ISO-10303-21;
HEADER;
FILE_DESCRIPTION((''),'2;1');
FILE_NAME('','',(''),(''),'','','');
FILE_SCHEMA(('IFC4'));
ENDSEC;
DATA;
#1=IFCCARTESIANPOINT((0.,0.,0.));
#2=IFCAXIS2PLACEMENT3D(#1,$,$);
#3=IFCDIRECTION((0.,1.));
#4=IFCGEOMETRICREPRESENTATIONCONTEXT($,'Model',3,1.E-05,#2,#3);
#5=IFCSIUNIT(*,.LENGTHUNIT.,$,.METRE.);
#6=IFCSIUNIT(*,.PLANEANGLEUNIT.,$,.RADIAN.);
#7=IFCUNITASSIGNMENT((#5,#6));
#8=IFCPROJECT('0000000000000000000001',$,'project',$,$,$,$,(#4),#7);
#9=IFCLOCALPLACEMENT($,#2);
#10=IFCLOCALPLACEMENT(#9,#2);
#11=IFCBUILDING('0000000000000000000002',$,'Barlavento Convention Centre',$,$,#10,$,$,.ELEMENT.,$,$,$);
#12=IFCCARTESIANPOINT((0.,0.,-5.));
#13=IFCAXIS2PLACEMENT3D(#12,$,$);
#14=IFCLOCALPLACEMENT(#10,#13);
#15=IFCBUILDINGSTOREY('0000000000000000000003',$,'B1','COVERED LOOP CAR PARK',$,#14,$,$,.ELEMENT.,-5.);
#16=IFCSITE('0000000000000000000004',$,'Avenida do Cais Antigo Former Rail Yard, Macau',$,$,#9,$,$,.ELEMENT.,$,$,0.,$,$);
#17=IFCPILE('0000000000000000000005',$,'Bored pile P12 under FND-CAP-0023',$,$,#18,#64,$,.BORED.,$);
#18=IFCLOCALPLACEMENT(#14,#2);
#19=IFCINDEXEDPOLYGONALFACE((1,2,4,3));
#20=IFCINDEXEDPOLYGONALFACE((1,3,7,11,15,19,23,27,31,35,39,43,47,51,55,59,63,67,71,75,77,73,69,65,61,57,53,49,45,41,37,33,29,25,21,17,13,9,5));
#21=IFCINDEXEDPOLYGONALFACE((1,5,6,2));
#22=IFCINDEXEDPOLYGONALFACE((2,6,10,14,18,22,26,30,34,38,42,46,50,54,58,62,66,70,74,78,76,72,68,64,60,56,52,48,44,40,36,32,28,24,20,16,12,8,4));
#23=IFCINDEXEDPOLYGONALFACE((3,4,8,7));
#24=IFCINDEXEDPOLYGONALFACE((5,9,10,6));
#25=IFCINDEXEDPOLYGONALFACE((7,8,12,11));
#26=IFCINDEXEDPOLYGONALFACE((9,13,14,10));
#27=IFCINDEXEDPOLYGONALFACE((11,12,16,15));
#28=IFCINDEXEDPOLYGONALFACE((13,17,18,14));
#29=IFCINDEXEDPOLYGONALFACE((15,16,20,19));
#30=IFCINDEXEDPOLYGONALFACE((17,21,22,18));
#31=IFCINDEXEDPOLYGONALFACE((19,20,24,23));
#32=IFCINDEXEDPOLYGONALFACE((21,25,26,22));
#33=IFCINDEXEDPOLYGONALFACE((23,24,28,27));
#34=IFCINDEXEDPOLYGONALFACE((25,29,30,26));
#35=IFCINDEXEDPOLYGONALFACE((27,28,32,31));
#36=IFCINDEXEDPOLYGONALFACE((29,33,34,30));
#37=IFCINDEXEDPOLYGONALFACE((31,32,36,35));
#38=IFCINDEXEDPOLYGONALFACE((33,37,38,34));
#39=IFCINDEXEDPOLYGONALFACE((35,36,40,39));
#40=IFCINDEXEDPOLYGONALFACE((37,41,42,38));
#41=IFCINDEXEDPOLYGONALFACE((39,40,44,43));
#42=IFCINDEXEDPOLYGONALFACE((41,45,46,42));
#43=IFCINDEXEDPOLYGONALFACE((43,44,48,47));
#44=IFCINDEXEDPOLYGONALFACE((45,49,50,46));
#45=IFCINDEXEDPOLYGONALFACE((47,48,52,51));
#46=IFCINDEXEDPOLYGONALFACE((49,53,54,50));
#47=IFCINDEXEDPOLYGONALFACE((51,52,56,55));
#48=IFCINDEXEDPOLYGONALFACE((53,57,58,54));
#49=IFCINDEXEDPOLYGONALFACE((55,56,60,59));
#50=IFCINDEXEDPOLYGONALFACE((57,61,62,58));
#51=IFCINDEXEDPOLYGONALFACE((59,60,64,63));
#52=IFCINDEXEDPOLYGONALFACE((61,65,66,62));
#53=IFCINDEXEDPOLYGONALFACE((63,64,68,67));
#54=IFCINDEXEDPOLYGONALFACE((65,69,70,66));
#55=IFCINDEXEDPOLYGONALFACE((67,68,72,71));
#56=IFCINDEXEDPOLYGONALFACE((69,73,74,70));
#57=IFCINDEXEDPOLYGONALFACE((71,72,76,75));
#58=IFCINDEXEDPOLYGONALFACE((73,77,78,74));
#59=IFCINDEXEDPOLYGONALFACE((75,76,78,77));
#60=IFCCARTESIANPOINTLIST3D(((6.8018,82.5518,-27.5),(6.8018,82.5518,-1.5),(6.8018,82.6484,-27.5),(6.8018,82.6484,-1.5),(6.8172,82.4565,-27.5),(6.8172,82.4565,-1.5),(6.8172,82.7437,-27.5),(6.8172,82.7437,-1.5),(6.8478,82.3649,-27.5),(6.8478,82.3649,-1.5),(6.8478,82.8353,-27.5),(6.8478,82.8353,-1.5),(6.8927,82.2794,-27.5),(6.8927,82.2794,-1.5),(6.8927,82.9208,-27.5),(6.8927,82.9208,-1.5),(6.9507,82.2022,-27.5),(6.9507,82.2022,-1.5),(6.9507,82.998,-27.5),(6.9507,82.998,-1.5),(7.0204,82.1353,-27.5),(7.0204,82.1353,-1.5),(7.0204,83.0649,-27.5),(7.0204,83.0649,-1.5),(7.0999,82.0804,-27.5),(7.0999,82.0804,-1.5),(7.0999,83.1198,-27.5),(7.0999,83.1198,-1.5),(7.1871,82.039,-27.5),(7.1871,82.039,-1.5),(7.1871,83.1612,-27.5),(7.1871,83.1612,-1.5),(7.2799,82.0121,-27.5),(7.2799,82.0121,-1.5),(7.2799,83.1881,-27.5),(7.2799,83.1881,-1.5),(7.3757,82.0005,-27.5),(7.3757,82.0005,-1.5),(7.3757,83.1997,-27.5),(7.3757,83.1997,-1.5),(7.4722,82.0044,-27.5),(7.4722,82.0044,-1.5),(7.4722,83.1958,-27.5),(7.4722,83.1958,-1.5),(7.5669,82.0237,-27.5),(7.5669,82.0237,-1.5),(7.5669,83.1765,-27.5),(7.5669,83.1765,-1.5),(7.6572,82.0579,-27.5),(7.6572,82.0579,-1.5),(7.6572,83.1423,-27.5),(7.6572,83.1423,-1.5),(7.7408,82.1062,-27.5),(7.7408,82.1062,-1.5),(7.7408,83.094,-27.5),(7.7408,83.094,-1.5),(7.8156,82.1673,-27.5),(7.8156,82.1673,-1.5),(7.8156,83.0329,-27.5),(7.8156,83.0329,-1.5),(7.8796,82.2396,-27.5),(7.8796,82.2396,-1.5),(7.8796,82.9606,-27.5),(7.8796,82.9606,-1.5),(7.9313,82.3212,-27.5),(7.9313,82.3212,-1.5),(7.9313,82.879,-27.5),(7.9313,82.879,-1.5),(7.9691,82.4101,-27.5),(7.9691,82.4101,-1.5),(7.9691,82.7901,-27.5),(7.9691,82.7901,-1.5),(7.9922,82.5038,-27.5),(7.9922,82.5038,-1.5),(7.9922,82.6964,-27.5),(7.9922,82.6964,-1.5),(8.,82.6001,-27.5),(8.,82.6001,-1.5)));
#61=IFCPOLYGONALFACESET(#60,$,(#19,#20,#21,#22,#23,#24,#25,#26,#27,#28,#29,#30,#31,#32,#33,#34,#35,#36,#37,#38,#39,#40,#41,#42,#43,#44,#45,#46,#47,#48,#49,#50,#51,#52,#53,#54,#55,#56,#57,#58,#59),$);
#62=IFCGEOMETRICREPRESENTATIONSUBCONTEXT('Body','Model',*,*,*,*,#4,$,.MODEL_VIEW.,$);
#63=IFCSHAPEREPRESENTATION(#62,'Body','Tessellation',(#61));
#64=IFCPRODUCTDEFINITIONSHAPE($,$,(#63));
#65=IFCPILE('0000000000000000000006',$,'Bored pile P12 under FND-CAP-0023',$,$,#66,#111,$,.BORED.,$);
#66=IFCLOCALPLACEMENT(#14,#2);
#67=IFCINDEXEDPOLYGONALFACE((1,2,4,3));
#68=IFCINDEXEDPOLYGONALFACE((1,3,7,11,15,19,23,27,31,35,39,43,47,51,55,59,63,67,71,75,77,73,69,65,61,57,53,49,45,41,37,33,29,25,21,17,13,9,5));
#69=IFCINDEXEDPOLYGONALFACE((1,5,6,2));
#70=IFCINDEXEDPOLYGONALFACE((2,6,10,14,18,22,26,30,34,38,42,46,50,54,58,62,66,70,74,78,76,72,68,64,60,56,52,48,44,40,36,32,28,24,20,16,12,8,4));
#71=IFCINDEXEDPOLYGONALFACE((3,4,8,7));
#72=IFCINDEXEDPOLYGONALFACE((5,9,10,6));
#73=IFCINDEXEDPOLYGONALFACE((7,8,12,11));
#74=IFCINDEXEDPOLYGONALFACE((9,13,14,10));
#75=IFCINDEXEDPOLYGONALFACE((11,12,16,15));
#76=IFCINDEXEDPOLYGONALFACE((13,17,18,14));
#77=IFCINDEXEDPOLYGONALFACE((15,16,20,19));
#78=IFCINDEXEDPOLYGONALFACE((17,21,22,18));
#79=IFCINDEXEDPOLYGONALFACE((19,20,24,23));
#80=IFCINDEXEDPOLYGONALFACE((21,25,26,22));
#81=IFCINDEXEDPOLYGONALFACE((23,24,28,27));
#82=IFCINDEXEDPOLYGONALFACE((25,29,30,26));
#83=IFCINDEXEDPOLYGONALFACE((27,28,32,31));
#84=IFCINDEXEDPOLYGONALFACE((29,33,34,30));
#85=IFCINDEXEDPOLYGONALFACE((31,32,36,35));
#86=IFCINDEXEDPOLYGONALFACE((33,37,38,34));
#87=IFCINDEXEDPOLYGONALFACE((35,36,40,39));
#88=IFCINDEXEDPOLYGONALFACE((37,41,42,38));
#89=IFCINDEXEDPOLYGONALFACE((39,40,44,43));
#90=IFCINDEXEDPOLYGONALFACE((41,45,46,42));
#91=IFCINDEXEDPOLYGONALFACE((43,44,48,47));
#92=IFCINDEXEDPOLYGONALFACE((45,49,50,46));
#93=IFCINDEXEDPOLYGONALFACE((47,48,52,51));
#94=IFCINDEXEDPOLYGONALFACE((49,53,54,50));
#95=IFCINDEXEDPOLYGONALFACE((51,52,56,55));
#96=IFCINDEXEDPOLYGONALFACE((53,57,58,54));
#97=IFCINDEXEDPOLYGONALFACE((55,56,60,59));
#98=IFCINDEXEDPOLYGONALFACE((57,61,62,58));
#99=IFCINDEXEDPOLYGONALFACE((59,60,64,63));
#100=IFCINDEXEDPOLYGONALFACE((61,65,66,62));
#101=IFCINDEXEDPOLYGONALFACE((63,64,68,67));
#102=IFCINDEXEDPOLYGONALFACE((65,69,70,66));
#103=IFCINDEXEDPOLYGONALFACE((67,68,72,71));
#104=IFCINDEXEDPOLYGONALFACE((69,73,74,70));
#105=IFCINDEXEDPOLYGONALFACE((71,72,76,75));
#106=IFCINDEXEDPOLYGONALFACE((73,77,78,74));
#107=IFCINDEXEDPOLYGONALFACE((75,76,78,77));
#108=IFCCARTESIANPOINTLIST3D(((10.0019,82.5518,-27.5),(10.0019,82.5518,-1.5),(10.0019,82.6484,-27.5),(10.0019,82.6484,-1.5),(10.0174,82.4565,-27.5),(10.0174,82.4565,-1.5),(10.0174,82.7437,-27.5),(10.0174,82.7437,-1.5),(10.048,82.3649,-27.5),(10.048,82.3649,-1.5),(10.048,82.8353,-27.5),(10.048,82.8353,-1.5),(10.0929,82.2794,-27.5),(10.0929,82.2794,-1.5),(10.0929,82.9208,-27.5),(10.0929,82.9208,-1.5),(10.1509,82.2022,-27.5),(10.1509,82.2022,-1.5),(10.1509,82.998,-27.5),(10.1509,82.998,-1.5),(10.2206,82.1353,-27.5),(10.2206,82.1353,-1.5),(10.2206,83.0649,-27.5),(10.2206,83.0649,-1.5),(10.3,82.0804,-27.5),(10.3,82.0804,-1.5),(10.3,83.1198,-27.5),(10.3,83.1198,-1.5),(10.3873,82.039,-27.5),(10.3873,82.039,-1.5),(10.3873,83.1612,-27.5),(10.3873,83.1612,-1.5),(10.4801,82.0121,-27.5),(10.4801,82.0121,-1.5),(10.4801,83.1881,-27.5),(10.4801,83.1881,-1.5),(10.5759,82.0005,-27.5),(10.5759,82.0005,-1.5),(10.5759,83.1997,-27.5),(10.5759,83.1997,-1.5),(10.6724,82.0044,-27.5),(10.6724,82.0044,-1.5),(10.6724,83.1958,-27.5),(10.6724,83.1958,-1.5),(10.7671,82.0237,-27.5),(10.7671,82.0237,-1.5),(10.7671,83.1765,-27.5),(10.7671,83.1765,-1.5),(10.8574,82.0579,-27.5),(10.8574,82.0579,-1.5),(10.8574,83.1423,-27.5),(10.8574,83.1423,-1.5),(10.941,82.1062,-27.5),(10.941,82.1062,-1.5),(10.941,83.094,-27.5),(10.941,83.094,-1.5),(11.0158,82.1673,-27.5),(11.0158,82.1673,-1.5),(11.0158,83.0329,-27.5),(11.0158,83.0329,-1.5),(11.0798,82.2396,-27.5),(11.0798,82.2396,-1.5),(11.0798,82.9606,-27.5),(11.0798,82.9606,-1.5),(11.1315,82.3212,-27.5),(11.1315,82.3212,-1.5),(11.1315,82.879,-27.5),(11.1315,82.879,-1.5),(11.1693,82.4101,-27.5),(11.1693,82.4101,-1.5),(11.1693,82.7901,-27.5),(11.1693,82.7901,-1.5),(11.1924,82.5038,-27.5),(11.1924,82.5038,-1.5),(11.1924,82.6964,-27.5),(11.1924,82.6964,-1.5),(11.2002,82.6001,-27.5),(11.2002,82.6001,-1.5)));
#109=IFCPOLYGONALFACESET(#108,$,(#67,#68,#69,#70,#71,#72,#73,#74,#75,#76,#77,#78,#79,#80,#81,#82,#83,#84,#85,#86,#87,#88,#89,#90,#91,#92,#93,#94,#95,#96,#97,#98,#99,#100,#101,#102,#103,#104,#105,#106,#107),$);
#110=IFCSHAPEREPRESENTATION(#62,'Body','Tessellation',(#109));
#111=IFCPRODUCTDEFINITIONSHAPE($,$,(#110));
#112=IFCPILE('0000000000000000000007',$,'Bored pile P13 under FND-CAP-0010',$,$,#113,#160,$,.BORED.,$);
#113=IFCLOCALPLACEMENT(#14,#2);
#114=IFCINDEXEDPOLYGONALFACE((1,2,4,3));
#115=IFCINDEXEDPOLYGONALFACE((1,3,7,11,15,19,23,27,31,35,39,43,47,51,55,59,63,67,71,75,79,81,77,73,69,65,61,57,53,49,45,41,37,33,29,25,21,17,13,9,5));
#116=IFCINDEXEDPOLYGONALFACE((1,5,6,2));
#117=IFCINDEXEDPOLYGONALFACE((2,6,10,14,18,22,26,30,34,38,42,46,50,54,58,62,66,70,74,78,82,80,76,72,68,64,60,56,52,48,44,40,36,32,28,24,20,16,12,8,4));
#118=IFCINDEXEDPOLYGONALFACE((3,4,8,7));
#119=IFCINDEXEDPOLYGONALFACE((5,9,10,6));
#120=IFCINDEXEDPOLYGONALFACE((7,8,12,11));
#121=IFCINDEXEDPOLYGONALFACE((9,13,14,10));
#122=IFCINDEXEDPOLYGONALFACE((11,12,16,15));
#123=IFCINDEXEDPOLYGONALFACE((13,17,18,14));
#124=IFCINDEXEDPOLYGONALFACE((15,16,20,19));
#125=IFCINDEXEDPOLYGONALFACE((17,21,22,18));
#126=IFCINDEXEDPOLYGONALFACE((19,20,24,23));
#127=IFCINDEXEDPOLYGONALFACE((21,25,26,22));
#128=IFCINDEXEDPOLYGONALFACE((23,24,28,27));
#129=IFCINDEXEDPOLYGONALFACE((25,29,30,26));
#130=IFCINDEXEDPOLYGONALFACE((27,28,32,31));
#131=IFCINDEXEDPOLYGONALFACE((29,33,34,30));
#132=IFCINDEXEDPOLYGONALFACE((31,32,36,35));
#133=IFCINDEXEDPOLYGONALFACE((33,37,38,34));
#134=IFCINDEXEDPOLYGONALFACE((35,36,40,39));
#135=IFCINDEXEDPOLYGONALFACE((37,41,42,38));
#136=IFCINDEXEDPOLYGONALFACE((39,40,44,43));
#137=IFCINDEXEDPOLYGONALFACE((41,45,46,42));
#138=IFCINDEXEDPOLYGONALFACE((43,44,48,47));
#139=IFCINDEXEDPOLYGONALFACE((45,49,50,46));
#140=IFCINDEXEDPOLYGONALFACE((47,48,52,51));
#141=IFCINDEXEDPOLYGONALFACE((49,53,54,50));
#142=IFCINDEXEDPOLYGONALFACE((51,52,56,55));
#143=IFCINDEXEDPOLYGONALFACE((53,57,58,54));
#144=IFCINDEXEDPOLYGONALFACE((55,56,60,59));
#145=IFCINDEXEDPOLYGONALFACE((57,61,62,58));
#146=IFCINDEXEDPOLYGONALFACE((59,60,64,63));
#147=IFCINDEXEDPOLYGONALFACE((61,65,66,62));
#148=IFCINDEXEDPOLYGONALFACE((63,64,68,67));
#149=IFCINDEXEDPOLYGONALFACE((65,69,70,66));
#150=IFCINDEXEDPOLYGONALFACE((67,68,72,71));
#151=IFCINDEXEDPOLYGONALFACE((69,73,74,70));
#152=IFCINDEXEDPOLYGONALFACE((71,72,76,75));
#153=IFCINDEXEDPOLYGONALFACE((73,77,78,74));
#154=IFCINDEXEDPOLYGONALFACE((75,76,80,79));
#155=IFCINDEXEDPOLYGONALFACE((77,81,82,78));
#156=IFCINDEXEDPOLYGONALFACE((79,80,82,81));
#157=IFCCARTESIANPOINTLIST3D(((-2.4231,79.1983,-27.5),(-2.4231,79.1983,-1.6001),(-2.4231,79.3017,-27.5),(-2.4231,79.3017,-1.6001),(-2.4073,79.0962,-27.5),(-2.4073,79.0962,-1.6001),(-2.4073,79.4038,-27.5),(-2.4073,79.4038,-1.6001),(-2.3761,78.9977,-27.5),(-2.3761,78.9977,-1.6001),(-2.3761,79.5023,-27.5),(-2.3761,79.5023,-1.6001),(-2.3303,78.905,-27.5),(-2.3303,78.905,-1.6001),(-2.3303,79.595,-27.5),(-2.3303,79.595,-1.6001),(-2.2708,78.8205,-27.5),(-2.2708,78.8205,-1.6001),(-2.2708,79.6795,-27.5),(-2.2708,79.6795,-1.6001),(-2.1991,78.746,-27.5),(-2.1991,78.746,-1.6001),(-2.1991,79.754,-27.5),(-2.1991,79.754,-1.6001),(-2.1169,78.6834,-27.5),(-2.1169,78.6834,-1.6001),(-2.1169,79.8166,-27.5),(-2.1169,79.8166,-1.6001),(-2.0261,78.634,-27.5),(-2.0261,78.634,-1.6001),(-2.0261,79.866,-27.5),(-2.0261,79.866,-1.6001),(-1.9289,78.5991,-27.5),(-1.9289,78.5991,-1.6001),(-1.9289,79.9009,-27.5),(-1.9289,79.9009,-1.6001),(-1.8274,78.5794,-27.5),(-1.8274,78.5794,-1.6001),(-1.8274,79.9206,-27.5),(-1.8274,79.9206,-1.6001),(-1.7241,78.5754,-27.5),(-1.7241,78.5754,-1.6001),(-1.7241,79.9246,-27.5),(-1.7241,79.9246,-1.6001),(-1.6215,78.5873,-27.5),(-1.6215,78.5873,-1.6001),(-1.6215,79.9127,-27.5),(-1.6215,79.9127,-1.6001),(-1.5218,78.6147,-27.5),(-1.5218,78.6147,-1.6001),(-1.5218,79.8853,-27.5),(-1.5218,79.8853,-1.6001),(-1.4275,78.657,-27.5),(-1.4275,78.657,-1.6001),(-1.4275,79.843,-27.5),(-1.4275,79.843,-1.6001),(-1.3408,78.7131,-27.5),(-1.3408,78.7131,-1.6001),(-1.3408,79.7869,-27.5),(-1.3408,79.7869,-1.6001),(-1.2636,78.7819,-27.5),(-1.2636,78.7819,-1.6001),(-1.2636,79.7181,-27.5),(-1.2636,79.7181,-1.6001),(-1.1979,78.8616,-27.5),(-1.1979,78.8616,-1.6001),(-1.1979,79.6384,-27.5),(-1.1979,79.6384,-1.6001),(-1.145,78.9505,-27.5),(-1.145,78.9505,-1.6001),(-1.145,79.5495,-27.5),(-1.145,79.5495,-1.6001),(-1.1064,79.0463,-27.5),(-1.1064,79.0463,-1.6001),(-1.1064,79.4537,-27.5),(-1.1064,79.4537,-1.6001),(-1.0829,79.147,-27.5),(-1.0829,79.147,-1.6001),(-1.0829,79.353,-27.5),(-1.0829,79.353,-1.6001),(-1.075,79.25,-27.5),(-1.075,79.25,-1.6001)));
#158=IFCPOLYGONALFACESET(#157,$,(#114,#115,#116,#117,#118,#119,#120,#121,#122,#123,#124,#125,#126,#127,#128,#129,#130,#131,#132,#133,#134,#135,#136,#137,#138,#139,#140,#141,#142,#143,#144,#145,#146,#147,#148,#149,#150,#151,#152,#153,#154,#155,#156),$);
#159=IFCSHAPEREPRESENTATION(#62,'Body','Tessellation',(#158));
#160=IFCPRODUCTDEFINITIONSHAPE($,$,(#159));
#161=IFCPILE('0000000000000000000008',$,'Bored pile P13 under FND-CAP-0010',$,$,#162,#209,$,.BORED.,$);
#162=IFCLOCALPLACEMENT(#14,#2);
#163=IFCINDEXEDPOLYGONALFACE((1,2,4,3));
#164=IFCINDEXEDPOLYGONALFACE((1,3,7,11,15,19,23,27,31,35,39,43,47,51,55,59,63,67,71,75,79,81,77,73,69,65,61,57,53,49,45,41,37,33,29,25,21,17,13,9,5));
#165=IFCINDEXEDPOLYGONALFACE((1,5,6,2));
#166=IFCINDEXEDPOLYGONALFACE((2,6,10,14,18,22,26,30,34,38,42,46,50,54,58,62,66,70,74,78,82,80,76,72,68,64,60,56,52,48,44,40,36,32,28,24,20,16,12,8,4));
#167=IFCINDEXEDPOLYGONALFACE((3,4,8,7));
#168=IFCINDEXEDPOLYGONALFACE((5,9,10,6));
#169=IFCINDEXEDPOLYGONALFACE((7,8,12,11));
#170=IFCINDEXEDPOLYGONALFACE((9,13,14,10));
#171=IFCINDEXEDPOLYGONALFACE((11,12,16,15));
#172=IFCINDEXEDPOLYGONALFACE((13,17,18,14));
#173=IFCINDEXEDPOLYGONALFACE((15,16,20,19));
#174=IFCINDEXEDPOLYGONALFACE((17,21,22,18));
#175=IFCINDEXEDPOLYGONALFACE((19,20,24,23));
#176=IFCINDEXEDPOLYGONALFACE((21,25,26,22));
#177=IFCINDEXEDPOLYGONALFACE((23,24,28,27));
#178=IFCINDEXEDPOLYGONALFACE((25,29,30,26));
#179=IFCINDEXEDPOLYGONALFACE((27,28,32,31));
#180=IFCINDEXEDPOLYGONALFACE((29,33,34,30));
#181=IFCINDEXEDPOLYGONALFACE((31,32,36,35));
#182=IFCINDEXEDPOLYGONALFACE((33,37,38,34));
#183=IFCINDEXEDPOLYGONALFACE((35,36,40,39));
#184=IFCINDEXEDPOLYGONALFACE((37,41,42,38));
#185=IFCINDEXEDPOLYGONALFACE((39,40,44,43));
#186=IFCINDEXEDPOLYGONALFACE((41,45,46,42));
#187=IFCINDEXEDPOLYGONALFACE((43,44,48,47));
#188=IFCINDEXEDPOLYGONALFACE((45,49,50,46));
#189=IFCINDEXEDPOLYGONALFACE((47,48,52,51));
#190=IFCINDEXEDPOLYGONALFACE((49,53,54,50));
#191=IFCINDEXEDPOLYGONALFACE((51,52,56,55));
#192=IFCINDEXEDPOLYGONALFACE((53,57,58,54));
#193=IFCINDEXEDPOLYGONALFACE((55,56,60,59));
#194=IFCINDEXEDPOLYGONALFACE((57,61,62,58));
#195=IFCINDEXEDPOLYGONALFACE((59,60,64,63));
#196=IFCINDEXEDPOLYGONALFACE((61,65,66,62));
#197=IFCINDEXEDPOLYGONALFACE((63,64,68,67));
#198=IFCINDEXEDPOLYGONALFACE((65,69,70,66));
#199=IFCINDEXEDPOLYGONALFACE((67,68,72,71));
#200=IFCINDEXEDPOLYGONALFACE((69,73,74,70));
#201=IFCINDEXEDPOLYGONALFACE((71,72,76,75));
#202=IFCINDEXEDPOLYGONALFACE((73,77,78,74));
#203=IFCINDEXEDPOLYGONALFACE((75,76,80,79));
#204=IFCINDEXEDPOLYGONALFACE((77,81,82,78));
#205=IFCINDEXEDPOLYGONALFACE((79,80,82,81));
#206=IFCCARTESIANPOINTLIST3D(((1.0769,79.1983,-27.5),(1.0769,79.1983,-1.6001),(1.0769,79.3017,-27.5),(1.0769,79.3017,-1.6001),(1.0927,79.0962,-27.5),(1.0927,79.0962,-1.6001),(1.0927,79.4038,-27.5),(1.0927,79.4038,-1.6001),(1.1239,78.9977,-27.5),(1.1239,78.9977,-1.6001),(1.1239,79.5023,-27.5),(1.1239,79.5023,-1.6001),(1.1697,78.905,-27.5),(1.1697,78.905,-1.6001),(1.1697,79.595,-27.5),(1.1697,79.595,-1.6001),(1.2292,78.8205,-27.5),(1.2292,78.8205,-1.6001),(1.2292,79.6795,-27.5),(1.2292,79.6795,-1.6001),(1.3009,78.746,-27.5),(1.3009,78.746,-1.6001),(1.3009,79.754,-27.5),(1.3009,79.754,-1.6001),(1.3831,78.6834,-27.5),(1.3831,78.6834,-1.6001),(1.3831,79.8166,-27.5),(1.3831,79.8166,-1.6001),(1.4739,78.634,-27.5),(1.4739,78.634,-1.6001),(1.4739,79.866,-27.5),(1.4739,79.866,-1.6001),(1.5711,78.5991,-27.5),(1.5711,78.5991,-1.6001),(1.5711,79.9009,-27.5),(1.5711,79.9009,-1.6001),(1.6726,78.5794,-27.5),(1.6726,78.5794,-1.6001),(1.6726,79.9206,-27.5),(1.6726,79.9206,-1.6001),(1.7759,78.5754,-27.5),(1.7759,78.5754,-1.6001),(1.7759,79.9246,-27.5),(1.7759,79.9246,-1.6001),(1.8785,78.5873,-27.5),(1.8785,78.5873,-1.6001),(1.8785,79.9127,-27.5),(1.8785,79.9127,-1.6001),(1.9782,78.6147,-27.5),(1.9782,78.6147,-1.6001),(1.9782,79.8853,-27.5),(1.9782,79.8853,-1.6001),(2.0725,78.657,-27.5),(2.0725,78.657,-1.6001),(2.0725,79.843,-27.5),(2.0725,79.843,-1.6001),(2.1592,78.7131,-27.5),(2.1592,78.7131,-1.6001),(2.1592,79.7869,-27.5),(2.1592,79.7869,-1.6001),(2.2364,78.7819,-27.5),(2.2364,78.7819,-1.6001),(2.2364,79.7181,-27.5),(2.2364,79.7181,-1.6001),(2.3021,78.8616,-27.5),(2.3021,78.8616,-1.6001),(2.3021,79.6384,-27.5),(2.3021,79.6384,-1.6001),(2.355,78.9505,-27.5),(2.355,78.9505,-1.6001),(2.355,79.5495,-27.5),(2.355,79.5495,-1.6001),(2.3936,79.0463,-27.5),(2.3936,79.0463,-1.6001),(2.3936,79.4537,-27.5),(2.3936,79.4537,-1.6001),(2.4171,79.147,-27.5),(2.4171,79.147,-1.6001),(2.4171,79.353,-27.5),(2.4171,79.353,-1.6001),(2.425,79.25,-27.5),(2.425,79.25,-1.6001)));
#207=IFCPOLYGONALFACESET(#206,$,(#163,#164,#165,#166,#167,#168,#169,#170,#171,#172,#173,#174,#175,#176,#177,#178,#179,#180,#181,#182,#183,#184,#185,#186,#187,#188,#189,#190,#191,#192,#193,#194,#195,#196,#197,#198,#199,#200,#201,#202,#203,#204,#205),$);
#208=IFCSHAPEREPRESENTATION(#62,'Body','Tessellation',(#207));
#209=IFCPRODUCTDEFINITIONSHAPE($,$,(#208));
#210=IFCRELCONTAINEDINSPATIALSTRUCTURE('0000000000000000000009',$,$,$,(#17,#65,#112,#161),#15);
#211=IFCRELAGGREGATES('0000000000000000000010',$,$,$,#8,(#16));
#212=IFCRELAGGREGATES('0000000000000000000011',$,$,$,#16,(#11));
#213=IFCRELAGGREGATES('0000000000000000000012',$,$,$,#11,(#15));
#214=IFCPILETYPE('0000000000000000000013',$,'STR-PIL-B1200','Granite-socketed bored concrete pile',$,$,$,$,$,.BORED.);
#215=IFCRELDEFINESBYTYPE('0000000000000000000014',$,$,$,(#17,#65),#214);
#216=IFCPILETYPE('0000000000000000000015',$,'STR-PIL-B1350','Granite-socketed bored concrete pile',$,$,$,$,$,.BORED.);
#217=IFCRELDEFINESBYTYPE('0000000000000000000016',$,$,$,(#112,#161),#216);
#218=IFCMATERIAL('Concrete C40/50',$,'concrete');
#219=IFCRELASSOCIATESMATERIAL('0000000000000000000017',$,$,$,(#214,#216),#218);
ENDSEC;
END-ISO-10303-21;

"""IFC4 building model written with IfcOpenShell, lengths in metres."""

from ifc_helpers import new_model, si_unit, direction, frame, origin, origin_2d, place, context, subcontext, project, spatial, circle, extrude, material, material_profile, profile_set, type_object, element, save


model = new_model("IFC4")

# Units and contexts
model_context = context("Model", 3, precision=1e-05, world=origin(), true_north=direction((0.0, 1.0)))
body_context = subcontext(model_context, "Body", "Model", "MODEL_VIEW")
ifc_project = project(units=[si_unit("LENGTHUNIT", "METRE"), si_unit("PLANEANGLEUNIT", "RADIAN")], contexts=[model_context])

# Site, building, storey
site_placement = place(None, origin())
site = spatial("IfcSite", under=ifc_project, at=site_placement, Name="Avenida do Cais Antigo Former Rail Yard, Macau", CompositionType="ELEMENT", RefElevation=0.0)
building_placement = place(site_placement, origin())
building = spatial("IfcBuilding", under=site, at=building_placement, Name="Barlavento Convention Centre", CompositionType="ELEMENT")
storey_placement = place(building_placement, frame((0.0, 0.0, -5.0)))
storey = spatial("IfcBuildingStorey", under=building, at=storey_placement, Name="B1", Description="COVERED LOOP CAR PARK", CompositionType="ELEMENT", Elevation=-5.0)

# Shared definitions
ifc_material_1 = material(Name="Concrete C40/50", Category="concrete")

# Piles
ifc_material_profile_1 = material_profile(ifc_material_1, circle(Radius=0.6001, at=origin_2d()), Name="BORED PILE 1200")
ifc_profile_set_1 = profile_set([ifc_material_profile_1], Name="Concrete C40/50")
pile_type_1 = type_object("IfcPileType", Name="STR-PIL-B1200", Description="Granite-socketed bored concrete pile", PredefinedType="BORED", material=ifc_profile_set_1)
for number, where, z_axis, x_axis, name in (
    (1, (7.3999, 82.6001, -1.5), (0.0, 0.0, -1.0), (1.0, 0.0, 0.0), "Bored pile P12 under FND-CAP-0023"),
    (2, (10.6001, 82.6001, -1.5), (0.0, 0.0, -1.0), (1.0, 0.0, 0.0), "Bored pile P12 under FND-CAP-0023"),
):
    element("IfcPile", number, at=place(storey_placement, frame(where, z_axis=z_axis, x_axis=x_axis)), inside=storey, type_object=pile_type_1, Name=name, PredefinedType="BORED", context=body_context, shape_type="SweptSolid", body=[
        extrude(circle(Radius=0.6001, at=origin_2d()), origin(), (0.0, 0.0, 1.0), 26.0),
    ])
ifc_material_profile_2 = material_profile(ifc_material_1, circle(Radius=0.675, at=origin_2d()), Name="BORED PILE 1350")
ifc_profile_set_2 = profile_set([ifc_material_profile_2], Name="Concrete C40/50")
pile_type_2 = type_object("IfcPileType", Name="STR-PIL-B1350", Description="Granite-socketed bored concrete pile", PredefinedType="BORED", material=ifc_profile_set_2)
for number, where, z_axis, x_axis, name in (
    (3, (-1.75, 79.25, -1.6001), (0.0, 0.0, -1.0), (1.0, 0.0, 0.0), "Bored pile P13 under FND-CAP-0010"),
    (4, (1.75, 79.25, -1.6001), (0.0, 0.0, -1.0), (1.0, 0.0, 0.0), "Bored pile P13 under FND-CAP-0010"),
):
    element("IfcPile", number, at=place(storey_placement, frame(where, z_axis=z_axis, x_axis=x_axis)), inside=storey, type_object=pile_type_2, Name=name, PredefinedType="BORED", context=body_context, shape_type="SweptSolid", body=[
        extrude(circle(Radius=0.675, at=origin_2d()), origin(), (0.0, 0.0, 1.0), 25.8999),
    ])

save(model, "model.ifc")
